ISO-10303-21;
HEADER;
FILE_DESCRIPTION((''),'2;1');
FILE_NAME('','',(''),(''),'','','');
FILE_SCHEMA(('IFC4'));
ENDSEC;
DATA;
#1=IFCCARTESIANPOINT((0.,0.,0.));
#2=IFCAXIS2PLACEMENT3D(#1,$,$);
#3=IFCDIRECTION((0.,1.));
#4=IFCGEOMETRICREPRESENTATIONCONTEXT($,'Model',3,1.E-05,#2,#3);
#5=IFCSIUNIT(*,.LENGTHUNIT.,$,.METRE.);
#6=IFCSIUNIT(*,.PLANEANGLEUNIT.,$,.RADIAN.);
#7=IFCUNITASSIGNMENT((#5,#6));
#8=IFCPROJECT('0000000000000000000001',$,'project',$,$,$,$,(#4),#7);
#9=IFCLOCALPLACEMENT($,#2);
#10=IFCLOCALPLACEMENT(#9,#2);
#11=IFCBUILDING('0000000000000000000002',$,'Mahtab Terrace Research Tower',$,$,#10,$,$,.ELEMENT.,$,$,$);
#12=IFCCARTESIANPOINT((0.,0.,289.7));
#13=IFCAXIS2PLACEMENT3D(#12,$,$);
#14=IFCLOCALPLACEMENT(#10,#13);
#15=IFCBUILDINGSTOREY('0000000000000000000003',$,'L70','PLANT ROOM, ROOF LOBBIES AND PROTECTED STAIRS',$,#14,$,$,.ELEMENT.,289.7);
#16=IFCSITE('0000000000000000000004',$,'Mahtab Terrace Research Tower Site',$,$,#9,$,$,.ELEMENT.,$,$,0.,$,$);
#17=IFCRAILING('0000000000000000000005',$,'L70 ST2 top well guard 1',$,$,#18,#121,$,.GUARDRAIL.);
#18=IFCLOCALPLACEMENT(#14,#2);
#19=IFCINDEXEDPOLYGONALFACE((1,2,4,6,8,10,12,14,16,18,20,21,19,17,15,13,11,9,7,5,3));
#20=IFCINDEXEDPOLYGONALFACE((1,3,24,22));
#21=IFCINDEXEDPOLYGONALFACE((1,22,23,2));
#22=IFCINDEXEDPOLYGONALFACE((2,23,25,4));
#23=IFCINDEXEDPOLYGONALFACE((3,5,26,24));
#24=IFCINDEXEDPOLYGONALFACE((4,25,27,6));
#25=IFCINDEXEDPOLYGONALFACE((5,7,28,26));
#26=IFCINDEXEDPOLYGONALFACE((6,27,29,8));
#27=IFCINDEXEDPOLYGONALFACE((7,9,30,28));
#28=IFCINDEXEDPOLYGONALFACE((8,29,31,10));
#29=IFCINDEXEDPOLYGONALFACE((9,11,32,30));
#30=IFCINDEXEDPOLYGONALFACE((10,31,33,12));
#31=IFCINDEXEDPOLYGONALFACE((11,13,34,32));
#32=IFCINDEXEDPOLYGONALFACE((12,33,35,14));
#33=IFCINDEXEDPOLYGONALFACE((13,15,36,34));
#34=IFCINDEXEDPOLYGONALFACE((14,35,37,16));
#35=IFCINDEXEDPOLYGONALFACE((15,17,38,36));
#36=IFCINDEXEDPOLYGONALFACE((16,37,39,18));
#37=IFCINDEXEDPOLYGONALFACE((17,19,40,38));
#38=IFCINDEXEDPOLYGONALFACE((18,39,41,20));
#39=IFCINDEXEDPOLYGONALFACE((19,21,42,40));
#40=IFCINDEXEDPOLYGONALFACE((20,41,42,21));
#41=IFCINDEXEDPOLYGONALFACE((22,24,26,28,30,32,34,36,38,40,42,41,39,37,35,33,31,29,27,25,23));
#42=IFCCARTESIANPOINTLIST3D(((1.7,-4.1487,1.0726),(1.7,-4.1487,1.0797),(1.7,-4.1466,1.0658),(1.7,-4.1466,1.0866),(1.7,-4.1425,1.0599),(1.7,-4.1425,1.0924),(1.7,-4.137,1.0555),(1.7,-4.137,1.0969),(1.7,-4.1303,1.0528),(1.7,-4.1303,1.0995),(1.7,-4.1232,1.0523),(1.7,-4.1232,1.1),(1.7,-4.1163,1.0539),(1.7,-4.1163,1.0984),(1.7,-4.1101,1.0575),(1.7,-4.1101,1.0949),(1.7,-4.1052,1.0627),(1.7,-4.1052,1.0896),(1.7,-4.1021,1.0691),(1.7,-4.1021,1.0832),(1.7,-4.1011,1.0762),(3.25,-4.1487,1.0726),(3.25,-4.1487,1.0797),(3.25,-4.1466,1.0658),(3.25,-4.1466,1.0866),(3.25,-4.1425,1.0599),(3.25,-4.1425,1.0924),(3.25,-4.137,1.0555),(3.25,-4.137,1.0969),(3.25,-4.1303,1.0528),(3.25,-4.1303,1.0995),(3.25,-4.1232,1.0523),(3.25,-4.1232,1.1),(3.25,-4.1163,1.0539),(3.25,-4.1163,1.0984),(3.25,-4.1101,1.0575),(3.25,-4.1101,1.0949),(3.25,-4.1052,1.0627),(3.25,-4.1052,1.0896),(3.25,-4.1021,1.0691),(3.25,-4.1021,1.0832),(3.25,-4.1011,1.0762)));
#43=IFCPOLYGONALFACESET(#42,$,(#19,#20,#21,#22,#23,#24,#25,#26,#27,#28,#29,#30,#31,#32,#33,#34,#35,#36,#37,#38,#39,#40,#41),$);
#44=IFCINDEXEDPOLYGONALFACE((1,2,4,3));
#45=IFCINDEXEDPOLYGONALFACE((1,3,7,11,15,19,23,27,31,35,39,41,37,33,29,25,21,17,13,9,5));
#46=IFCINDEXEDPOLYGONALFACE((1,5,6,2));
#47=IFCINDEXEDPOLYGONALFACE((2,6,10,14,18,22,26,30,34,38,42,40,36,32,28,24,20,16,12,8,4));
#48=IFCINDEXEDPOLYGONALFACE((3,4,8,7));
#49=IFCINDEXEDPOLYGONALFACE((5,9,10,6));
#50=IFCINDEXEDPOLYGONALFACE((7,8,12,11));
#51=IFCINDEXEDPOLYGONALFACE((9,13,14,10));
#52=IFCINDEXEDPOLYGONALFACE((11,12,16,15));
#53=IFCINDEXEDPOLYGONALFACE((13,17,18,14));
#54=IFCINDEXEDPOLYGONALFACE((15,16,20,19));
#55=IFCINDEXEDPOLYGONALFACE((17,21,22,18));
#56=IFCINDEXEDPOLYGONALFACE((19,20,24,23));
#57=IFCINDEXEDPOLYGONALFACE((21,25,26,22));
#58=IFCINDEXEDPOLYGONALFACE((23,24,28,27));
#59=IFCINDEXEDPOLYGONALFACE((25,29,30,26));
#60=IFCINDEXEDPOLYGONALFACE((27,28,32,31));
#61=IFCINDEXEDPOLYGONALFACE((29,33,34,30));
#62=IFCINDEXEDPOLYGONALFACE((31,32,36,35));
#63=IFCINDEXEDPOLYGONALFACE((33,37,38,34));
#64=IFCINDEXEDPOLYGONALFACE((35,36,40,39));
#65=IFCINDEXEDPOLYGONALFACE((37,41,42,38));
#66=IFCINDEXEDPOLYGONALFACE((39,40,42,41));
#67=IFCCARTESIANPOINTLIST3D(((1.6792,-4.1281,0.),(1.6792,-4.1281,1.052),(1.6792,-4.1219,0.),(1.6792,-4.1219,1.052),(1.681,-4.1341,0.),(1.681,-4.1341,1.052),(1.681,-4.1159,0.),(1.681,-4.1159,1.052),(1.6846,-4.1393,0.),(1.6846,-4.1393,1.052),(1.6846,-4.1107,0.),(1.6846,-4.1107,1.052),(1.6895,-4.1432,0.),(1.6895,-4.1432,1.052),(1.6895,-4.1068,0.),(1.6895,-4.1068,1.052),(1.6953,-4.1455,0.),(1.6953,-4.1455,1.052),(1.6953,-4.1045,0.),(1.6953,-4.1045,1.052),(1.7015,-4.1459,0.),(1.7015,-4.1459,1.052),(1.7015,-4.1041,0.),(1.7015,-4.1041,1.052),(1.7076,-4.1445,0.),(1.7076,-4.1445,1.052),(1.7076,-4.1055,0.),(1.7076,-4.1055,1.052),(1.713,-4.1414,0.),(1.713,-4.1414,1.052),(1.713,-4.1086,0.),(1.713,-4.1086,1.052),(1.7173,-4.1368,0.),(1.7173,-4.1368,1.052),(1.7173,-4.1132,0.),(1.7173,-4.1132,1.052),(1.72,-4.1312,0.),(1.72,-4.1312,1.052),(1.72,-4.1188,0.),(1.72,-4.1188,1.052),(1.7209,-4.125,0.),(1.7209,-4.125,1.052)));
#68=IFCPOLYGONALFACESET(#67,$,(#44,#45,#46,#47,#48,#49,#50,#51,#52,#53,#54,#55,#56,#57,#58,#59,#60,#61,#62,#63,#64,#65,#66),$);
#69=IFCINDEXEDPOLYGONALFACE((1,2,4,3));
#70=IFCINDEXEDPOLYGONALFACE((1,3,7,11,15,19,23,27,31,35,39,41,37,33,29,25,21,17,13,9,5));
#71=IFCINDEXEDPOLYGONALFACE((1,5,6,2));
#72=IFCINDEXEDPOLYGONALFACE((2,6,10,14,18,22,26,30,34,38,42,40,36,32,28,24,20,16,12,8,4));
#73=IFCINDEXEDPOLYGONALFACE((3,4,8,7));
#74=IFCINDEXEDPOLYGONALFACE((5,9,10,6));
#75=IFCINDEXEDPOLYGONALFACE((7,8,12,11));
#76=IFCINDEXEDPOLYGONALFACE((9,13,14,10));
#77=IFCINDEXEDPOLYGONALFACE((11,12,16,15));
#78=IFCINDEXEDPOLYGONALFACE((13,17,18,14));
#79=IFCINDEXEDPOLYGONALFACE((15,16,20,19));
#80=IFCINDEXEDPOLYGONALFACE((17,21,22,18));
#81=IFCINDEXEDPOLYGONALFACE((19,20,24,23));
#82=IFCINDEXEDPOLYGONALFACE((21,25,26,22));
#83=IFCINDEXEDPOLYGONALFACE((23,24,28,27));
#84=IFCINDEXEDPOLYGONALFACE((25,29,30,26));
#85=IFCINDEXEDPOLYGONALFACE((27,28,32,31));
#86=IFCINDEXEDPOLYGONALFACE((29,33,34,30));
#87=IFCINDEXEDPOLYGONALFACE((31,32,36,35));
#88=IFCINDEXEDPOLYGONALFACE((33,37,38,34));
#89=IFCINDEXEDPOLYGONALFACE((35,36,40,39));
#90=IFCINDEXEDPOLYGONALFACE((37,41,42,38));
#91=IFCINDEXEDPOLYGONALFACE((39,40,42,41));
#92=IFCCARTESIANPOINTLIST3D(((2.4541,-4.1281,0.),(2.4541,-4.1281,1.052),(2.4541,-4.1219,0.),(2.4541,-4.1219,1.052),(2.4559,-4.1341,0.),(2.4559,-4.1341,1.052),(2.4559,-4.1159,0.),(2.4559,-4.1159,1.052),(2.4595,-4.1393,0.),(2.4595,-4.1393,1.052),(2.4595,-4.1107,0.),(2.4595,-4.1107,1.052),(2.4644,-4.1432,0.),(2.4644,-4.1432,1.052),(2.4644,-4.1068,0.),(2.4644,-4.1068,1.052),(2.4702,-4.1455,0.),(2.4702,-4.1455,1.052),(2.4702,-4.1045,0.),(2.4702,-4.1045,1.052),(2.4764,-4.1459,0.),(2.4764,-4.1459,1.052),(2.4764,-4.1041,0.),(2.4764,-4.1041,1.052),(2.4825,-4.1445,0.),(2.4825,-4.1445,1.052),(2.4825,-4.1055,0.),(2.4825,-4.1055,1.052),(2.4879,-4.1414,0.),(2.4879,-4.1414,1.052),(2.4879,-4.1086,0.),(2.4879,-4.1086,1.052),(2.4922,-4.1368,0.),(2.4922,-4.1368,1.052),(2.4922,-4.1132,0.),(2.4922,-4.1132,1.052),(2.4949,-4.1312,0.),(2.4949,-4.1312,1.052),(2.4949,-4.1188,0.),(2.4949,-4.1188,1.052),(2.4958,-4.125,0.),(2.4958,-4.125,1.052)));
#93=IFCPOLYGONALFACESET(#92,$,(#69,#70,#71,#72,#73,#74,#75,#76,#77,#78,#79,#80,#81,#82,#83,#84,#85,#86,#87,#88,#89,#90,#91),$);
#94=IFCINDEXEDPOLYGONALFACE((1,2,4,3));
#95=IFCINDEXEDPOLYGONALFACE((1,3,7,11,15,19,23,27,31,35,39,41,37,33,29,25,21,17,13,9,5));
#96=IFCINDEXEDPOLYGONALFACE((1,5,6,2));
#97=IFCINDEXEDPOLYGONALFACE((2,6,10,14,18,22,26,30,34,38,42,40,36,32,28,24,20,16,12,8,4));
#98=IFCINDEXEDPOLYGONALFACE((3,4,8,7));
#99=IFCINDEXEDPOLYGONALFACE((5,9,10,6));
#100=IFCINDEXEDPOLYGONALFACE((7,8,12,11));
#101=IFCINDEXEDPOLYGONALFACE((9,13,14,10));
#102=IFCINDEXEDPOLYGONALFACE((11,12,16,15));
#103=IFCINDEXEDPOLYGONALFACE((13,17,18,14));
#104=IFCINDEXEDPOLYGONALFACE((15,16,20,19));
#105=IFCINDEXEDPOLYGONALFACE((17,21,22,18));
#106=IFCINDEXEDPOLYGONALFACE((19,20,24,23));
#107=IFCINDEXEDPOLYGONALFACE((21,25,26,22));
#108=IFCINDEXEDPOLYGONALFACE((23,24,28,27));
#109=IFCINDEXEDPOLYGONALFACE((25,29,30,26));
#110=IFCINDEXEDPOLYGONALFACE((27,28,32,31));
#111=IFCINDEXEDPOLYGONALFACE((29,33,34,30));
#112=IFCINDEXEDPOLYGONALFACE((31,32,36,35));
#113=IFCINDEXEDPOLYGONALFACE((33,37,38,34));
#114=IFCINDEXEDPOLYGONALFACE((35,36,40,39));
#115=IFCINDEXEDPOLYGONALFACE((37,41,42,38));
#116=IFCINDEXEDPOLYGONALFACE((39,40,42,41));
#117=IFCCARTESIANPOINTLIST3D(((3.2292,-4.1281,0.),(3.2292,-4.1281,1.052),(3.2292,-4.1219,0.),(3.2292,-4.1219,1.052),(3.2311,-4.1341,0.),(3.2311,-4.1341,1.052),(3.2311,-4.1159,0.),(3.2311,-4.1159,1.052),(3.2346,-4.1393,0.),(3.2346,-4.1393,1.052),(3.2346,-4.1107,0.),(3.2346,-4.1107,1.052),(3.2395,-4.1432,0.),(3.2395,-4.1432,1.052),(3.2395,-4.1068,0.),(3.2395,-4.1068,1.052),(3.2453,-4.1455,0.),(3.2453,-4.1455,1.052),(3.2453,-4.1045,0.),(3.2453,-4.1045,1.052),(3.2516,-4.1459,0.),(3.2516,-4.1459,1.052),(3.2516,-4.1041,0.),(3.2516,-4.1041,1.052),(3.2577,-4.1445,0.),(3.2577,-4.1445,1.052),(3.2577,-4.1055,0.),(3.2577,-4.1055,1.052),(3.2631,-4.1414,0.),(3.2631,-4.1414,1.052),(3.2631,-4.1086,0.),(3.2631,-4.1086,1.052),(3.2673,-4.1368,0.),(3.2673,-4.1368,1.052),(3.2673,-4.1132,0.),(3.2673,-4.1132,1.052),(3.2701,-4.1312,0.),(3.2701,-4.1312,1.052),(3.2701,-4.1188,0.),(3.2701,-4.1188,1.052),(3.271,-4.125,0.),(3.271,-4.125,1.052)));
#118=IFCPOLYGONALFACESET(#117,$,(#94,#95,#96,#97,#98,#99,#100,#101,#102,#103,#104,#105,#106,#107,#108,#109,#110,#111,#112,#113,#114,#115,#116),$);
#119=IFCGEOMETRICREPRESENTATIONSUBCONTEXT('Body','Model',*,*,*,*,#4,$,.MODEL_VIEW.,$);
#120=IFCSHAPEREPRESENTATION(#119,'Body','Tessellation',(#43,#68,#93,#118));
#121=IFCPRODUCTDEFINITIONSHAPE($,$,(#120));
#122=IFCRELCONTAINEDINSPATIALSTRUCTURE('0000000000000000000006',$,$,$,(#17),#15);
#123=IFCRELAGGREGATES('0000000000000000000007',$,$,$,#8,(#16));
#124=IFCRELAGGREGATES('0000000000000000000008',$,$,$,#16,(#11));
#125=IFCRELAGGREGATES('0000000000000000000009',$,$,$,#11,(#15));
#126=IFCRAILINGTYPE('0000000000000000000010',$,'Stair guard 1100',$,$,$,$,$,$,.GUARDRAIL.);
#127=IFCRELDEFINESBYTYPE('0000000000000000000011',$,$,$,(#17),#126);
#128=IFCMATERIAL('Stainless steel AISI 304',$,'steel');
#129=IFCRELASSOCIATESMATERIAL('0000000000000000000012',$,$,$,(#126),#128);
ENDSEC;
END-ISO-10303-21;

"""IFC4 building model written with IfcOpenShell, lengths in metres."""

from ifc_helpers import new_model, si_unit, direction, frame, origin, origin_2d, place, context, subcontext, project, spatial, circle, extrude, material, type_object, element, save


model = new_model("IFC4")

# Units and contexts
model_context = context("Model", 3, precision=1e-05, world=origin(), true_north=direction((0.0, 1.0)))
body_context = subcontext(model_context, "Body", "Model", "MODEL_VIEW")
ifc_project = project(units=[si_unit("LENGTHUNIT", "METRE"), si_unit("PLANEANGLEUNIT", "RADIAN")], contexts=[model_context])

# Site, building, storey
site_placement = place(None, origin())
site = spatial("IfcSite", under=ifc_project, at=site_placement, Name="Mahtab Terrace Research Tower Site", CompositionType="ELEMENT", RefElevation=0.0)
building_placement = place(site_placement, origin())
building = spatial("IfcBuilding", under=site, at=building_placement, Name="Mahtab Terrace Research Tower", CompositionType="ELEMENT")
storey_placement = place(building_placement, frame((0.0, 0.0, 289.7)))
storey = spatial("IfcBuildingStorey", under=building, at=storey_placement, Name="L70", Description="PLANT ROOM, ROOF LOBBIES AND PROTECTED STAIRS", CompositionType="ELEMENT", Elevation=289.7)

# Railing
ifc_material_1 = material(Name="Stainless steel AISI 304", Category="steel")
railing_type = type_object("IfcRailingType", Name="Stair guard 1100", PredefinedType="GUARDRAIL", material=ifc_material_1)
railing_placement = place(storey_placement, frame((1.7, -4.125, 0.0)))
element("IfcRailing", 1, at=railing_placement, inside=storey, type_object=railing_type, Name="L70 ST2 top well guard 1", PredefinedType="GUARDRAIL", context=body_context, shape_type="SweptSolid", body=[
    extrude(circle(Radius=0.0239, at=origin_2d()), frame((0.0, 0.0, 1.0762), z_axis=(1.0, 0.0, 0.0), x_axis=(0.0, 1.0, 0.0)), (0.0, 0.0, 1.0), 1.55),
    extrude(circle(Radius=0.021, at=origin_2d()), origin(), (0.0, 0.0, 1.0), 1.052),
    extrude(circle(Radius=0.021, at=origin_2d()), frame((0.7749, 0.0, 0.0)), (0.0, 0.0, 1.0), 1.052),
    extrude(circle(Radius=0.021, at=origin_2d()), frame((1.55, 0.0, 0.0)), (0.0, 0.0, 1.0), 1.052),
])

save(model, "model.ifc")
